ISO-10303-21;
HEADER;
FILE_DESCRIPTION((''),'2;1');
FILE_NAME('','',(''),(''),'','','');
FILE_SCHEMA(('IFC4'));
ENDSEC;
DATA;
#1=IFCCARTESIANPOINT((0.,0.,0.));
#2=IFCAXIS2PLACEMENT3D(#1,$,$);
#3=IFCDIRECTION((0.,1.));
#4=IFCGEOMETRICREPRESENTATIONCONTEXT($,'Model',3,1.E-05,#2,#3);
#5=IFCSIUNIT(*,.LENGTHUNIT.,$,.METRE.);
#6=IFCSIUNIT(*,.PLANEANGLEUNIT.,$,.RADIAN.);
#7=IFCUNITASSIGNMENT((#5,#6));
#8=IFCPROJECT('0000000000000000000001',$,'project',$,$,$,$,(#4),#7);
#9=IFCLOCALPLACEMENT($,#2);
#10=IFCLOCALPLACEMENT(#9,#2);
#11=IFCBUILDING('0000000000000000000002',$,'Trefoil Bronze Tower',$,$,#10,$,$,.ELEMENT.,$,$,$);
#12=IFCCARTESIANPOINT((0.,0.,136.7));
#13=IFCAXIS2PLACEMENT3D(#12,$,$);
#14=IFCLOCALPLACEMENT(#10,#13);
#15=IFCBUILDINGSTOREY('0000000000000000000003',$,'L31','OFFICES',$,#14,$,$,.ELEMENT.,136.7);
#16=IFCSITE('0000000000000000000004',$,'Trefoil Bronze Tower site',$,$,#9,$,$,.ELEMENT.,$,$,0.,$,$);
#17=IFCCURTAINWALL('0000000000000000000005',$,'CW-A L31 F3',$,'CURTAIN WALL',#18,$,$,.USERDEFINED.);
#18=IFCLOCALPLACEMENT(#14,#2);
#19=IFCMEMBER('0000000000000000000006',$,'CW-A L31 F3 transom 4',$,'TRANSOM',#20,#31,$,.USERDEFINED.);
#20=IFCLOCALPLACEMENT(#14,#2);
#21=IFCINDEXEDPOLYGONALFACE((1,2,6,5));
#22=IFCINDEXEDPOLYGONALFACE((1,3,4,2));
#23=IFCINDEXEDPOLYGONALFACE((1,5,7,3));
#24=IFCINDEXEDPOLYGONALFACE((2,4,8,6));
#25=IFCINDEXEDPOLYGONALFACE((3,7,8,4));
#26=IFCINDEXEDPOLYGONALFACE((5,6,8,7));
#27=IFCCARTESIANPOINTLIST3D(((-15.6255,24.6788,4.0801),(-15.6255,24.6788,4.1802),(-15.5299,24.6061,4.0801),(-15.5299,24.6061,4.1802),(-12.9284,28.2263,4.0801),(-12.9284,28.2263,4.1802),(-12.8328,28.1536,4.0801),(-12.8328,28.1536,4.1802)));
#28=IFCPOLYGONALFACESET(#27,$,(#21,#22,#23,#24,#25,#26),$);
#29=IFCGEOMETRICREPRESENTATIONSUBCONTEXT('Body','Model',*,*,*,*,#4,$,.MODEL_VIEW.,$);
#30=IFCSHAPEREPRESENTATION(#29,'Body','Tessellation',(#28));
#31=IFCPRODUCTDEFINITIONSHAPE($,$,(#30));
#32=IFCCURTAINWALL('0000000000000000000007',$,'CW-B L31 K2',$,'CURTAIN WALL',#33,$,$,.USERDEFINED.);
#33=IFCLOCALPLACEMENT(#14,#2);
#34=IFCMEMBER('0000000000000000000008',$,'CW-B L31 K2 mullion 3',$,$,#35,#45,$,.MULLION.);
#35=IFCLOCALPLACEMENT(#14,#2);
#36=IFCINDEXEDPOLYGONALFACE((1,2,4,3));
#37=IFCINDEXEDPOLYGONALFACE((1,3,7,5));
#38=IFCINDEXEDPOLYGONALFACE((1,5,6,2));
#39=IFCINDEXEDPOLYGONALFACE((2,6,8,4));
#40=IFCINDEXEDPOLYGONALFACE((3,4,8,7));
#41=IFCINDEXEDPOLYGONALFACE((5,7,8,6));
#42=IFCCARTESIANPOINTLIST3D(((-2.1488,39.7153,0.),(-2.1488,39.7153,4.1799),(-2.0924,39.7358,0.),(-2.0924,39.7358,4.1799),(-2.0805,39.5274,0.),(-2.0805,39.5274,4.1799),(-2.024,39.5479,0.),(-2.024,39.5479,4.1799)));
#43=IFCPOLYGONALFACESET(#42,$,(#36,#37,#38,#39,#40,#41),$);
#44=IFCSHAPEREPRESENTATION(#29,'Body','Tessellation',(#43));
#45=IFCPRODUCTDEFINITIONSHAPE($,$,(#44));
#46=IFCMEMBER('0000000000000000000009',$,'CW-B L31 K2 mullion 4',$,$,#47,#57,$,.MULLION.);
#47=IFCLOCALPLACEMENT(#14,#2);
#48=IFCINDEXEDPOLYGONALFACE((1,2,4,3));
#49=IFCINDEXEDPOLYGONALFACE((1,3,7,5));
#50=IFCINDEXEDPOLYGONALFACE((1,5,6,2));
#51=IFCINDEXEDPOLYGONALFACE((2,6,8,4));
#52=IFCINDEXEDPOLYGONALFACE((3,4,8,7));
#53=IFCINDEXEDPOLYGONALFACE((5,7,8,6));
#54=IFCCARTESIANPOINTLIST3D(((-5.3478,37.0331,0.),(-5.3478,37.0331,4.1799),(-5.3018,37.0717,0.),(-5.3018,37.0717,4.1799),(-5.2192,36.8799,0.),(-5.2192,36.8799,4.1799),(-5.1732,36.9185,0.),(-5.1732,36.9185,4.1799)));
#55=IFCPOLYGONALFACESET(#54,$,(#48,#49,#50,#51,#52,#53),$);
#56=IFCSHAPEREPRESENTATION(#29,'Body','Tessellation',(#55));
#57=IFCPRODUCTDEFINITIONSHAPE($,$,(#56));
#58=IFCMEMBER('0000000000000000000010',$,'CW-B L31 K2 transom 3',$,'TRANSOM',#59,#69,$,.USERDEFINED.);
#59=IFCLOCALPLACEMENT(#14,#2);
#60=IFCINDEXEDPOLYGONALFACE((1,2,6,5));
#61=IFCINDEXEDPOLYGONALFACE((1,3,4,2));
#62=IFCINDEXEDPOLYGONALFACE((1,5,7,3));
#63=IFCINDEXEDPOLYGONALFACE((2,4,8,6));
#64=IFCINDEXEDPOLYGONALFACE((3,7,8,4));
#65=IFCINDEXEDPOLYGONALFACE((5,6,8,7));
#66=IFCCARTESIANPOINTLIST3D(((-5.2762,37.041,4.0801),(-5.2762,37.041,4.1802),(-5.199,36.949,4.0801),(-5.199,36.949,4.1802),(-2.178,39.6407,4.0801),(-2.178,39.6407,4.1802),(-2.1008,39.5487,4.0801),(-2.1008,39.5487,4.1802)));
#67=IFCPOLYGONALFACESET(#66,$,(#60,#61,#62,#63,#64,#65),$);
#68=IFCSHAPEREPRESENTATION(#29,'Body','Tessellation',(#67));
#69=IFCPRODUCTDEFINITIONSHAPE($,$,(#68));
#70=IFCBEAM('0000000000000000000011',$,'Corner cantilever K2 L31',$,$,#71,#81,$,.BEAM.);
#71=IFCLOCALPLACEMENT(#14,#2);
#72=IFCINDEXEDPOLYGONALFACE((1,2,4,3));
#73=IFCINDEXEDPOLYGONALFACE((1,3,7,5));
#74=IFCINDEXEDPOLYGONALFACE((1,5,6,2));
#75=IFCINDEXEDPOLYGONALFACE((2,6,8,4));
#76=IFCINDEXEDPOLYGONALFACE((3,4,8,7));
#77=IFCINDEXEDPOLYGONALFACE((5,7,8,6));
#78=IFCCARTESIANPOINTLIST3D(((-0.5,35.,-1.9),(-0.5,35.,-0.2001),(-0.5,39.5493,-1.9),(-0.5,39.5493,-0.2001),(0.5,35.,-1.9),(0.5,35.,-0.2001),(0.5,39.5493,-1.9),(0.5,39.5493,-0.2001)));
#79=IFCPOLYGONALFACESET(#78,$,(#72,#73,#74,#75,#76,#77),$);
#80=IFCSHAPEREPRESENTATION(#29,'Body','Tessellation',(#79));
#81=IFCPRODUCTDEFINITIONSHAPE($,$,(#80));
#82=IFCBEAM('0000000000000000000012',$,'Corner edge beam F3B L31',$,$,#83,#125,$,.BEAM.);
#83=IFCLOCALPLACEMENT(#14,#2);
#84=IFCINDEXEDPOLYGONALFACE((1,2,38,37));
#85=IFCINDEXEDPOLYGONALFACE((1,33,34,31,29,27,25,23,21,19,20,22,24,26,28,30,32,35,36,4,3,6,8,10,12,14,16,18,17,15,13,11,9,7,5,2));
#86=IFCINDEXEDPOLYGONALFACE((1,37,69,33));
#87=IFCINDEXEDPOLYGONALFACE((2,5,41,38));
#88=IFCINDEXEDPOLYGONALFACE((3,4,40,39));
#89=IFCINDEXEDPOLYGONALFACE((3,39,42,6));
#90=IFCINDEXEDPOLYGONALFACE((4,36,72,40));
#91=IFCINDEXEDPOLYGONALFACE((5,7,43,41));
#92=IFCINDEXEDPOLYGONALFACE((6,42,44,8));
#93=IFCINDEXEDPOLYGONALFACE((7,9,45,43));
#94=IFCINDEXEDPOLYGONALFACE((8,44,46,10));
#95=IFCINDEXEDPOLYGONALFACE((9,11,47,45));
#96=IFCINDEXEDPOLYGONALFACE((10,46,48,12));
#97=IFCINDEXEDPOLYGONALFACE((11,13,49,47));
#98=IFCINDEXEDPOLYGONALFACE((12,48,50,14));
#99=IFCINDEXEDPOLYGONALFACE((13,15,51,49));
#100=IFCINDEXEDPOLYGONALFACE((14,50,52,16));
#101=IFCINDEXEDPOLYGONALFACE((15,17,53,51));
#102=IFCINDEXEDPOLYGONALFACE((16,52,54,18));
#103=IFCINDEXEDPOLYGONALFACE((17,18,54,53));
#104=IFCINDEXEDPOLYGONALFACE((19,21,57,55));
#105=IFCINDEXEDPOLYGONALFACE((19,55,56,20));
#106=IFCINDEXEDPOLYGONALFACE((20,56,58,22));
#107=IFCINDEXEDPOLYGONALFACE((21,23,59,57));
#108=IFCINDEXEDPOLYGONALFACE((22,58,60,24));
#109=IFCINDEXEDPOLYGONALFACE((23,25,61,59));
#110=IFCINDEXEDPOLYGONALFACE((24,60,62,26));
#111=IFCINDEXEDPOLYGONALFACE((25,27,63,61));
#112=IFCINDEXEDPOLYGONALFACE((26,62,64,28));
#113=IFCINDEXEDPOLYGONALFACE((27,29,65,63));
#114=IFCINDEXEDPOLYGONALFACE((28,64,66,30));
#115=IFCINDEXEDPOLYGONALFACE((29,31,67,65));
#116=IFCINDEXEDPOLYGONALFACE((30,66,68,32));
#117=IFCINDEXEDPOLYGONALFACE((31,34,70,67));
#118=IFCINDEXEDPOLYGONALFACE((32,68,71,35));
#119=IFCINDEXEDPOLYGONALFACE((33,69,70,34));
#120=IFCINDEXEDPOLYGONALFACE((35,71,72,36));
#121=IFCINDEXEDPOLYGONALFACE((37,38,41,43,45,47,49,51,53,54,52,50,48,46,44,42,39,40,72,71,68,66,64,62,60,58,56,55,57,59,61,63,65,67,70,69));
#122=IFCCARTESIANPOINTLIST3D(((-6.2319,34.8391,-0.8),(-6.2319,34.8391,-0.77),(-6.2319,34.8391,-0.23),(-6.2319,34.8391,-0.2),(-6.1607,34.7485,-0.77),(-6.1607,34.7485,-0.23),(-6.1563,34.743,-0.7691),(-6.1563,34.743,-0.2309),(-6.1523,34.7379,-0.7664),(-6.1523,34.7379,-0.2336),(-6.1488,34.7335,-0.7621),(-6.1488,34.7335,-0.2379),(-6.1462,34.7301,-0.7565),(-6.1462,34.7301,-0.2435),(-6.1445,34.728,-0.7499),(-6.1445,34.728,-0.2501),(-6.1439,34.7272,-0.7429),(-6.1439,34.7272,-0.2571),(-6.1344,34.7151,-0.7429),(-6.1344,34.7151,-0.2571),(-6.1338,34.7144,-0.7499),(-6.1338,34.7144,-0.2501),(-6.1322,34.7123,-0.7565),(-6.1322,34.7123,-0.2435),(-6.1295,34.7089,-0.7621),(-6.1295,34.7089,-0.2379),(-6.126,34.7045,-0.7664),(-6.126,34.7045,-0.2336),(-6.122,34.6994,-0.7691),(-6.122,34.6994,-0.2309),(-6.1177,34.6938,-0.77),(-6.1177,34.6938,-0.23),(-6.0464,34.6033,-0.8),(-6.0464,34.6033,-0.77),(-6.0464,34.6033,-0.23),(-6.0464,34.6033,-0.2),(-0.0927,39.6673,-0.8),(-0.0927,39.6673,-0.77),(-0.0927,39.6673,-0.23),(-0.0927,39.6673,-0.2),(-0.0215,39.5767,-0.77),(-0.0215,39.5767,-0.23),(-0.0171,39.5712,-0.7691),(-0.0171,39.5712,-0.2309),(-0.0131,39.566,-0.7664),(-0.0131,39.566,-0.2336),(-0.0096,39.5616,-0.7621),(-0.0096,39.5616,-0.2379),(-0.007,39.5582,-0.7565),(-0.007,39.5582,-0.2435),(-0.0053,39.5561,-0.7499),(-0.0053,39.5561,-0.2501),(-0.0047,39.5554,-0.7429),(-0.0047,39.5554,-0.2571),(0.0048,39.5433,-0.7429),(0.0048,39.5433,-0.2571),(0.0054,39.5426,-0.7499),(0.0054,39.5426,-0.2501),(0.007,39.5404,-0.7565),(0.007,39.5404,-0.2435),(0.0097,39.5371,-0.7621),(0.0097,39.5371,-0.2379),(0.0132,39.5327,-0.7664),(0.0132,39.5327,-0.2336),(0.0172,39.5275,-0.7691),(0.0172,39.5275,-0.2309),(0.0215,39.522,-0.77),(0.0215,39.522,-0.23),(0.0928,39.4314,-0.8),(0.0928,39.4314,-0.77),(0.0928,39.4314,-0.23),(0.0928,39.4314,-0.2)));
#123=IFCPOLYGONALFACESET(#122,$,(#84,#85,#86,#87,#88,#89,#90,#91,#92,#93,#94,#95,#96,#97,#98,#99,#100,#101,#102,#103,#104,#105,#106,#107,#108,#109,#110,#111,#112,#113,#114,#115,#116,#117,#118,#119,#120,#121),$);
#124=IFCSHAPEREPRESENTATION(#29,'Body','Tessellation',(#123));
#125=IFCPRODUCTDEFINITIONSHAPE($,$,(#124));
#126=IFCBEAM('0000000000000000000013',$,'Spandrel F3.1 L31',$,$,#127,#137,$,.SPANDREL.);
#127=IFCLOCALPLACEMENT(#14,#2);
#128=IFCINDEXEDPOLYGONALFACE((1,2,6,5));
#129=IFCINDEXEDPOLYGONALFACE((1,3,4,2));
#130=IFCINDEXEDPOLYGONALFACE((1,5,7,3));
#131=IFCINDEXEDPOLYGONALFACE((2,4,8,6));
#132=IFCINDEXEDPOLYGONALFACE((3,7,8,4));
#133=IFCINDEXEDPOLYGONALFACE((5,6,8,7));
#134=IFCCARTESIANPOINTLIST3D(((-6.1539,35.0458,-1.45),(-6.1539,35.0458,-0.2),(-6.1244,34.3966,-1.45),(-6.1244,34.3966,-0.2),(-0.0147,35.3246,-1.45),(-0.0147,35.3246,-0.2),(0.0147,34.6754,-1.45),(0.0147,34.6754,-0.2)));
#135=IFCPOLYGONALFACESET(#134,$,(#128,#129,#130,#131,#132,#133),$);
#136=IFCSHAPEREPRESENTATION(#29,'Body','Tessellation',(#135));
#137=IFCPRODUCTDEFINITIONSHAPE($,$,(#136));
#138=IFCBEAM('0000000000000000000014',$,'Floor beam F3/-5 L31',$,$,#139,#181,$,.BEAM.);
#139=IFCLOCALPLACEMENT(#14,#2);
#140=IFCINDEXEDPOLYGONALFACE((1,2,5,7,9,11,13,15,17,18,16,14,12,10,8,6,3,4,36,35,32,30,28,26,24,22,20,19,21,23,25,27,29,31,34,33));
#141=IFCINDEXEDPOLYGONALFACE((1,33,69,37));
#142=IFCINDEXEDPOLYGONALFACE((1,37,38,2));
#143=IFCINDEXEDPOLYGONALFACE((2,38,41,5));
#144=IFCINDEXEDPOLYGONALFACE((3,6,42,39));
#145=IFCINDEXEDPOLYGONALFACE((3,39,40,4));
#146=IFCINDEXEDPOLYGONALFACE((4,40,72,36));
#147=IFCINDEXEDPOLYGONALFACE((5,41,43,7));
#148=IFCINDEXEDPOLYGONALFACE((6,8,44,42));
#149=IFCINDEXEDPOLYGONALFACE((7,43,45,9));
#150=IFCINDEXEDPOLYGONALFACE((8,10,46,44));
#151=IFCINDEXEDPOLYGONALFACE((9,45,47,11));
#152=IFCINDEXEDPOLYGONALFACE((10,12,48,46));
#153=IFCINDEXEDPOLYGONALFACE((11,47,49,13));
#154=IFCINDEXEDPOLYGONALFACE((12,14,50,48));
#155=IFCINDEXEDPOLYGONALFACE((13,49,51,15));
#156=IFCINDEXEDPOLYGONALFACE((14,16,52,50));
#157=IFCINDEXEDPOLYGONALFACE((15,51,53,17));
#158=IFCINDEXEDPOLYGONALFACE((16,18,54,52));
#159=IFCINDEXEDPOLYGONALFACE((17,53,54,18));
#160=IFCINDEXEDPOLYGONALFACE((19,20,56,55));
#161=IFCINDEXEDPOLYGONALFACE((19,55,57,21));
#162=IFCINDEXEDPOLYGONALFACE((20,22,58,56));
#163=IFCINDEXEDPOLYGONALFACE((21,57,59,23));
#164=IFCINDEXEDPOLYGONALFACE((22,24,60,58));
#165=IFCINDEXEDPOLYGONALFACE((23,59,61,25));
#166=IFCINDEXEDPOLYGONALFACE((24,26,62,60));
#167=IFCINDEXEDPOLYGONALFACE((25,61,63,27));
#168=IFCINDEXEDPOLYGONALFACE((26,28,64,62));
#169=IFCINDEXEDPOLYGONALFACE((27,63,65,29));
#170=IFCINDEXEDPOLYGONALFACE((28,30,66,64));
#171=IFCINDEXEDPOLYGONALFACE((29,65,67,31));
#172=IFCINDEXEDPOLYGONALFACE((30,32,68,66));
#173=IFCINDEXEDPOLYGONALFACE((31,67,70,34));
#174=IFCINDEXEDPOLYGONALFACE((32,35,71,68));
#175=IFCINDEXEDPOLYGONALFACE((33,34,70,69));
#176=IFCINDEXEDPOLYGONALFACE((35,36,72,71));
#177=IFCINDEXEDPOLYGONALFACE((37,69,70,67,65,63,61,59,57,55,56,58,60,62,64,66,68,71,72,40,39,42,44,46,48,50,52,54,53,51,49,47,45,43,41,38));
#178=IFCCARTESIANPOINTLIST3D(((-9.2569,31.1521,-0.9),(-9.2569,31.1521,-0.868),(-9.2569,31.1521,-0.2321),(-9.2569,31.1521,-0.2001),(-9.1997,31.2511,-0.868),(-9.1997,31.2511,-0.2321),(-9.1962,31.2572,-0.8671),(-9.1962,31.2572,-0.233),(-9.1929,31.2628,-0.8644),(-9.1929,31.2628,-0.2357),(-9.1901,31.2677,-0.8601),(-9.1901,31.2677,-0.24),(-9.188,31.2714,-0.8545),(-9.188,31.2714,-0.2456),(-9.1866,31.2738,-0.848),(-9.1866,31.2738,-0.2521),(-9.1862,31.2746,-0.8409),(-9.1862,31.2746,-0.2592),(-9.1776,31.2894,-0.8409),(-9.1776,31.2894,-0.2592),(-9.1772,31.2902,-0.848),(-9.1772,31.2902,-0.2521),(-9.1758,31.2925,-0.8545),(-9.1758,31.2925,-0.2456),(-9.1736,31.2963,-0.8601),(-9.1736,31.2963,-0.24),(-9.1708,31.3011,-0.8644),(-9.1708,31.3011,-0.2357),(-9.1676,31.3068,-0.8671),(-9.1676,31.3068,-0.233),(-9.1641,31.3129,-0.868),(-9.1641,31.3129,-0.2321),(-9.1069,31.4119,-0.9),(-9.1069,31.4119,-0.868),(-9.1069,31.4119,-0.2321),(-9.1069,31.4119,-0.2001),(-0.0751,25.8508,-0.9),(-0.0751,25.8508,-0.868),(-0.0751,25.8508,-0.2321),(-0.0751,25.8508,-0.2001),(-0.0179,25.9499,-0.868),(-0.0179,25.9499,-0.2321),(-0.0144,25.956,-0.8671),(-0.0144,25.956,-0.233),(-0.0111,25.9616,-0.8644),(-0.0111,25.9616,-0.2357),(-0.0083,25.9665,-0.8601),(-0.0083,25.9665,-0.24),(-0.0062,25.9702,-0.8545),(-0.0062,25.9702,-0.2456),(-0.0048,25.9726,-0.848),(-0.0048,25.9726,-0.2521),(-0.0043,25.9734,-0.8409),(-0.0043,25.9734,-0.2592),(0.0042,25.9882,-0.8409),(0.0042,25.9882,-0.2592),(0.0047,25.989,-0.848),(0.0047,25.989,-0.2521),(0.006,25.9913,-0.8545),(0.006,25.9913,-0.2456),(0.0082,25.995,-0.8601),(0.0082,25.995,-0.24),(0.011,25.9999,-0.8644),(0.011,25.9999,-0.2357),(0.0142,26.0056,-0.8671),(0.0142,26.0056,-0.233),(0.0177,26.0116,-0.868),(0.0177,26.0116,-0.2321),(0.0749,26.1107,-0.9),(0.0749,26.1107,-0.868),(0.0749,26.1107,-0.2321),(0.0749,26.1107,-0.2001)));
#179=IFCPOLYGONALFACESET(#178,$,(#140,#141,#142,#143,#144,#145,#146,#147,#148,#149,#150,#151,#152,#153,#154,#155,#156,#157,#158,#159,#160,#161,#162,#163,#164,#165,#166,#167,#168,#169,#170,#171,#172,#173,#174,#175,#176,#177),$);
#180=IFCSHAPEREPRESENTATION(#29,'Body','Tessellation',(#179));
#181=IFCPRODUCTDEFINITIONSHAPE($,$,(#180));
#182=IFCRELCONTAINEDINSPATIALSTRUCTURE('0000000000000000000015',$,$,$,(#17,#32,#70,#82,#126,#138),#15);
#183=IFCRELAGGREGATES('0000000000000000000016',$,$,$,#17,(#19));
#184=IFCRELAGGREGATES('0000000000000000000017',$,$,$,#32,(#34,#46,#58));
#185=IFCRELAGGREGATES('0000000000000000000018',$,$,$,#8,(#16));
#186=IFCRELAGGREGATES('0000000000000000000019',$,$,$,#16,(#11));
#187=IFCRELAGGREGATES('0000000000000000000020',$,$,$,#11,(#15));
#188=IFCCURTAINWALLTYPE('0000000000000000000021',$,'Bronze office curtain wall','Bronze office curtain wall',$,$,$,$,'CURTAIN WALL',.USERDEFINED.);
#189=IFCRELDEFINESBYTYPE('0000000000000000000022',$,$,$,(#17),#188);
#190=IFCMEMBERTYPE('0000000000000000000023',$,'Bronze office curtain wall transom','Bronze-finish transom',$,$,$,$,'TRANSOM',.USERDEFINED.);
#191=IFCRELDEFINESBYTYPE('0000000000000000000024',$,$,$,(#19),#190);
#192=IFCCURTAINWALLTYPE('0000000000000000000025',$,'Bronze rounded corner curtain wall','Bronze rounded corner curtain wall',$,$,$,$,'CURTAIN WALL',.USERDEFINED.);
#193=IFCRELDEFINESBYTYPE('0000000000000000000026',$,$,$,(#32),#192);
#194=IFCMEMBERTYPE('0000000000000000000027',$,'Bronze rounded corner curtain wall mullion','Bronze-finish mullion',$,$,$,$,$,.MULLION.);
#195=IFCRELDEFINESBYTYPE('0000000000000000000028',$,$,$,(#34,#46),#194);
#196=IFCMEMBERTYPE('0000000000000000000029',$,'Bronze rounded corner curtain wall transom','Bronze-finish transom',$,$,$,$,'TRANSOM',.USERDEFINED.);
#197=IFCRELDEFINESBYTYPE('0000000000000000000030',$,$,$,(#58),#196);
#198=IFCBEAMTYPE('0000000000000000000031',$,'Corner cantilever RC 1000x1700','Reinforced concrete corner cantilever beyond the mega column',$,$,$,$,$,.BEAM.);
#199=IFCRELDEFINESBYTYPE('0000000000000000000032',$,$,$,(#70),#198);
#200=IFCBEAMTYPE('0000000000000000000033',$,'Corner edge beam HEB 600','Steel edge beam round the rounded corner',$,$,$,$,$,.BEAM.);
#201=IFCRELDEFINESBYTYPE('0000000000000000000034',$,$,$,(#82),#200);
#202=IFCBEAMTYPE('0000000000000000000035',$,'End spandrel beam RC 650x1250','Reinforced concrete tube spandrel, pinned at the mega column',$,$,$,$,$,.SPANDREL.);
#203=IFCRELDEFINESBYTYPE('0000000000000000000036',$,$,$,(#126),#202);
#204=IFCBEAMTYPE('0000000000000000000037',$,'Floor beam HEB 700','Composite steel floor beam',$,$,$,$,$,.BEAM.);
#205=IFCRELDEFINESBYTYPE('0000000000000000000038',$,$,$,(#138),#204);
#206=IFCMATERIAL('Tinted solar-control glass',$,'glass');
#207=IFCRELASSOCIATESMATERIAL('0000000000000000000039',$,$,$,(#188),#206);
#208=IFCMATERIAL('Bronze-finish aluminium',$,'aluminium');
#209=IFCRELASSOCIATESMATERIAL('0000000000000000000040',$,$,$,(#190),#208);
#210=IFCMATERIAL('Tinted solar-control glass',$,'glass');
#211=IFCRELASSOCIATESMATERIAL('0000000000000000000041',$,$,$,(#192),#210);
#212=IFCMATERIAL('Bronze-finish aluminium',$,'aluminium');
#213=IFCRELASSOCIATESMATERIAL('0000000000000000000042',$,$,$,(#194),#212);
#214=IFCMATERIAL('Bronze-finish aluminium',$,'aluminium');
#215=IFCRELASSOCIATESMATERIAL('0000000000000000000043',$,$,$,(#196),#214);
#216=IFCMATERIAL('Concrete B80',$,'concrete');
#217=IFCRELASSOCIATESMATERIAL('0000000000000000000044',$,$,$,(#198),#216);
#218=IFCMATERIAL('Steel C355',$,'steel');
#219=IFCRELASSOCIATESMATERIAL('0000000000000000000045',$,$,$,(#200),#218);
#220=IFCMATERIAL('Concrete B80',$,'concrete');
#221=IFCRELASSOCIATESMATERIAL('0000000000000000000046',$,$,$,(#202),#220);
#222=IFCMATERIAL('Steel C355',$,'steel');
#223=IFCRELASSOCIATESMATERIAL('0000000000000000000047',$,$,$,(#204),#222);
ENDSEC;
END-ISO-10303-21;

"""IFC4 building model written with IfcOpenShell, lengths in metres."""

from ifc_helpers import new_model, si_unit, direction, frame, origin, origin_2d, place, context, subcontext, project, spatial, rectangle, i_section, extrude, material, material_profile, profile_set, type_object, element, aggregate, save


model = new_model("IFC4")

# Units and contexts
model_context = context("Model", 3, precision=1e-05, world=origin(), true_north=direction((0.0, 1.0)))
body_context = subcontext(model_context, "Body", "Model", "MODEL_VIEW")
ifc_project = project(units=[si_unit("LENGTHUNIT", "METRE"), si_unit("PLANEANGLEUNIT", "RADIAN")], contexts=[model_context])

# Site, building, storey
site_placement = place(None, origin())
site = spatial("IfcSite", under=ifc_project, at=site_placement, Name="Trefoil Bronze Tower site", CompositionType="ELEMENT", RefElevation=0.0)
building_placement = place(site_placement, origin())
building = spatial("IfcBuilding", under=site, at=building_placement, Name="Trefoil Bronze Tower", CompositionType="ELEMENT")
storey_placement = place(building_placement, frame((0.0, 0.0, 136.7)))
storey = spatial("IfcBuildingStorey", under=building, at=storey_placement, Name="L31", Description="OFFICES", CompositionType="ELEMENT", Elevation=136.7)

# Curtain walls, members
ifc_material_1 = material(Name="Tinted solar-control glass", Category="glass")
curtain_wall_type_1 = type_object("IfcCurtainWallType", Name="Bronze office curtain wall", Description="Bronze office curtain wall", ElementType="CURTAIN WALL", PredefinedType="USERDEFINED", material=ifc_material_1)
curtain_wall_1_placement = place(storey_placement, origin())
curtain_wall_1 = element("IfcCurtainWall", 1, at=curtain_wall_1_placement, inside=storey, type_object=curtain_wall_type_1, Name="CW-A L31 F3", ObjectType="CURTAIN WALL", PredefinedType="USERDEFINED")
ifc_material_2 = material(Name="Bronze-finish aluminium", Category="aluminium")
ifc_material_profile_1 = material_profile(ifc_material_2, rectangle(XDim=0.1201, YDim=0.1001, at=origin_2d()), Name="CW-A transom")
ifc_profile_set_1 = profile_set([ifc_material_profile_1], Name="Bronze-finish aluminium")
member_type_1 = type_object("IfcMemberType", Name="Bronze office curtain wall transom", Description="Bronze-finish transom", ElementType="TRANSOM", PredefinedType="USERDEFINED", material=ifc_profile_set_1)
member_1_placement = place(storey_placement, frame((-12.8806, 28.1899, 4.1301), z_axis=(-0.605229, -0.796051, 0.0), x_axis=(0.796051, -0.605229, 0.0)))
member_1 = element("IfcMember", 2, at=member_1_placement, type_object=member_type_1, Name="CW-A L31 F3 transom 4", ObjectType="TRANSOM", PredefinedType="USERDEFINED", context=body_context, shape_type="SweptSolid", body=[
    extrude(rectangle(XDim=0.1201, YDim=0.1001, at=origin_2d()), origin(), (0.0, 0.0, 1.0), 4.4563),
])
ifc_material_3 = material(Name="Tinted solar-control glass", Category="glass")
curtain_wall_type_2 = type_object("IfcCurtainWallType", Name="Bronze rounded corner curtain wall", Description="Bronze rounded corner curtain wall", ElementType="CURTAIN WALL", PredefinedType="USERDEFINED", material=ifc_material_3)
curtain_wall_2_placement = place(storey_placement, origin())
curtain_wall_2 = element("IfcCurtainWall", 3, at=curtain_wall_2_placement, inside=storey, type_object=curtain_wall_type_2, Name="CW-B L31 K2", ObjectType="CURTAIN WALL", PredefinedType="USERDEFINED")
ifc_material_4 = material(Name="Bronze-finish aluminium", Category="aluminium")
ifc_material_profile_2 = material_profile(ifc_material_4, rectangle(XDim=0.2, YDim=0.0601, at=origin_2d()), Name="CW-B mullion")
ifc_profile_set_2 = profile_set([ifc_material_profile_2], Name="Bronze-finish aluminium")
member_type_2 = type_object("IfcMemberType", Name="Bronze rounded corner curtain wall mullion", Description="Bronze-finish mullion", PredefinedType="MULLION", material=ifc_profile_set_2)
member_2_placement = place(storey_placement, frame((-2.0864, 39.6316, 0.0), z_axis=(0.0, 0.0, 1.0), x_axis=(0.34202, -0.939693, 0.0)))
member_2 = element("IfcMember", 4, at=member_2_placement, type_object=member_type_2, Name="CW-B L31 K2 mullion 3", PredefinedType="MULLION", context=body_context, shape_type="SweptSolid", body=[
    extrude(rectangle(XDim=0.2, YDim=0.0601, at=origin_2d()), origin(), (0.0, 0.0, 1.0), 4.1799),
])
member_3_placement = place(storey_placement, frame((-5.2605, 36.9758, 0.0), z_axis=(0.0, 0.0, 1.0), x_axis=(0.642788, -0.766044, 0.0)))
member_3 = element("IfcMember", 5, at=member_3_placement, type_object=member_type_2, Name="CW-B L31 K2 mullion 4", PredefinedType="MULLION", context=body_context, shape_type="SweptSolid", body=[
    extrude(rectangle(XDim=0.2, YDim=0.0601, at=origin_2d()), origin(), (0.0, 0.0, 1.0), 4.1799),
])
ifc_material_5 = material(Name="Bronze-finish aluminium", Category="aluminium")
ifc_material_profile_3 = material_profile(ifc_material_5, rectangle(XDim=0.1201, YDim=0.1001, at=origin_2d()), Name="CW-B transom")
ifc_profile_set_3 = profile_set([ifc_material_profile_3], Name="Bronze-finish aluminium")
member_type_3 = type_object("IfcMemberType", Name="Bronze rounded corner curtain wall transom", Description="Bronze-finish transom", ElementType="TRANSOM", PredefinedType="USERDEFINED", material=ifc_profile_set_3)
member_4_placement = place(storey_placement, frame((-2.1394, 39.5947, 4.1301), z_axis=(-0.76605, -0.642781, 0.0), x_axis=(0.642781, -0.76605, 0.0)))
member_4 = element("IfcMember", 6, at=member_4_placement, type_object=member_type_3, Name="CW-B L31 K2 transom 3", ObjectType="TRANSOM", PredefinedType="USERDEFINED", context=body_context, shape_type="SweptSolid", body=[
    extrude(rectangle(XDim=0.1201, YDim=0.1001, at=origin_2d()), origin(), (0.0, 0.0, 1.0), 4.0444),
])

# Beams
ifc_material_6 = material(Name="Concrete B80", Category="concrete")
ifc_material_profile_4 = material_profile(ifc_material_6, rectangle(XDim=1.0, YDim=1.7, at=origin_2d()), Name="RC 1000x1700")
ifc_profile_set_4 = profile_set([ifc_material_profile_4], Name="Concrete B80")
beam_type_1 = type_object("IfcBeamType", Name="Corner cantilever RC 1000x1700", Description="Reinforced concrete corner cantilever beyond the mega column", PredefinedType="BEAM", material=ifc_profile_set_4)
beam_1_placement = place(storey_placement, frame((0.0, 35.0, -1.05), z_axis=(0.0, 1.0, 0.0), x_axis=(-1.0, 0.0, 0.0)))
element("IfcBeam", 7, at=beam_1_placement, inside=storey, type_object=beam_type_1, Name="Corner cantilever K2 L31", PredefinedType="BEAM", context=body_context, shape_type="SweptSolid", body=[
    extrude(rectangle(XDim=1.0, YDim=1.7, at=origin_2d()), origin(), (0.0, 0.0, 1.0), 4.5493),
])
ifc_material_7 = material(Name="Steel C355", Category="steel")
ifc_material_profile_5 = material_profile(ifc_material_7, i_section(OverallWidth=0.3, OverallDepth=0.6001, WebThickness=0.0154, FlangeThickness=0.03, FilletRadius=0.0271, at=origin_2d()), Name="HEB 600")
ifc_profile_set_5 = profile_set([ifc_material_profile_5], Name="Steel C355")
beam_type_2 = type_object("IfcBeamType", Name="Corner edge beam HEB 600", Description="Steel edge beam round the rounded corner", PredefinedType="BEAM", material=ifc_profile_set_5)
beam_2_placement = place(storey_placement, frame((-6.1392, 34.7212, -0.5), z_axis=(0.786038, 0.618178, 0.0), x_axis=(-0.618178, 0.786038, 0.0)))
element("IfcBeam", 8, at=beam_2_placement, inside=storey, type_object=beam_type_2, Name="Corner edge beam F3B L31", PredefinedType="BEAM", context=body_context, shape_type="SweptSolid", body=[
    extrude(i_section(OverallWidth=0.3, OverallDepth=0.6001, WebThickness=0.0154, FlangeThickness=0.03, FilletRadius=0.0271, at=origin_2d()), origin(), (0.0, 0.0, 1.0), 7.8103),
])
ifc_material_8 = material(Name="Concrete B80", Category="concrete")
ifc_material_profile_6 = material_profile(ifc_material_8, rectangle(XDim=0.6499, YDim=1.25, at=origin_2d()), Name="RC 650x1250")
ifc_profile_set_6 = profile_set([ifc_material_profile_6], Name="Concrete B80")
beam_type_3 = type_object("IfcBeamType", Name="End spandrel beam RC 650x1250", Description="Reinforced concrete tube spandrel, pinned at the mega column", PredefinedType="SPANDREL", material=ifc_profile_set_6)
beam_3_placement = place(storey_placement, frame((0.0, 35.0, -0.825), z_axis=(-0.99897, -0.045368, 0.0), x_axis=(0.045368, -0.99897, 0.0)))
element("IfcBeam", 9, at=beam_3_placement, inside=storey, type_object=beam_type_3, Name="Spandrel F3.1 L31", PredefinedType="SPANDREL", context=body_context, shape_type="SweptSolid", body=[
    extrude(rectangle(XDim=0.6499, YDim=1.25, at=origin_2d()), origin(), (0.0, 0.0, 1.0), 6.1455),
])
ifc_material_9 = material(Name="Steel C355", Category="steel")
ifc_material_profile_7 = material_profile(ifc_material_9, i_section(OverallWidth=0.3, OverallDepth=0.7, WebThickness=0.0171, FlangeThickness=0.032, FilletRadius=0.0271, at=origin_2d()), Name="HEB 700")
ifc_profile_set_7 = profile_set([ifc_material_profile_7], Name="Steel C355")
beam_type_4 = type_object("IfcBeamType", Name="Floor beam HEB 700", Description="Composite steel floor beam", PredefinedType="BEAM", material=ifc_profile_set_7)
beam_4_placement = place(storey_placement, frame((-9.1819, 31.282, -0.55), z_axis=(0.866021, -0.500007, 0.0), x_axis=(0.500007, 0.866021, 0.0)))
element("IfcBeam", 10, at=beam_4_placement, inside=storey, type_object=beam_type_4, Name="Floor beam F3/-5 L31", PredefinedType="BEAM", context=body_context, shape_type="SweptSolid", body=[
    extrude(i_section(OverallWidth=0.3, OverallDepth=0.7, WebThickness=0.0171, FlangeThickness=0.032, FilletRadius=0.0271, at=origin_2d()), origin(), (0.0, 0.0, 1.0), 10.6023),
])

aggregate(curtain_wall_1, [member_1])
aggregate(curtain_wall_2, [member_2, member_3, member_4])

save(model, "model.ifc")
